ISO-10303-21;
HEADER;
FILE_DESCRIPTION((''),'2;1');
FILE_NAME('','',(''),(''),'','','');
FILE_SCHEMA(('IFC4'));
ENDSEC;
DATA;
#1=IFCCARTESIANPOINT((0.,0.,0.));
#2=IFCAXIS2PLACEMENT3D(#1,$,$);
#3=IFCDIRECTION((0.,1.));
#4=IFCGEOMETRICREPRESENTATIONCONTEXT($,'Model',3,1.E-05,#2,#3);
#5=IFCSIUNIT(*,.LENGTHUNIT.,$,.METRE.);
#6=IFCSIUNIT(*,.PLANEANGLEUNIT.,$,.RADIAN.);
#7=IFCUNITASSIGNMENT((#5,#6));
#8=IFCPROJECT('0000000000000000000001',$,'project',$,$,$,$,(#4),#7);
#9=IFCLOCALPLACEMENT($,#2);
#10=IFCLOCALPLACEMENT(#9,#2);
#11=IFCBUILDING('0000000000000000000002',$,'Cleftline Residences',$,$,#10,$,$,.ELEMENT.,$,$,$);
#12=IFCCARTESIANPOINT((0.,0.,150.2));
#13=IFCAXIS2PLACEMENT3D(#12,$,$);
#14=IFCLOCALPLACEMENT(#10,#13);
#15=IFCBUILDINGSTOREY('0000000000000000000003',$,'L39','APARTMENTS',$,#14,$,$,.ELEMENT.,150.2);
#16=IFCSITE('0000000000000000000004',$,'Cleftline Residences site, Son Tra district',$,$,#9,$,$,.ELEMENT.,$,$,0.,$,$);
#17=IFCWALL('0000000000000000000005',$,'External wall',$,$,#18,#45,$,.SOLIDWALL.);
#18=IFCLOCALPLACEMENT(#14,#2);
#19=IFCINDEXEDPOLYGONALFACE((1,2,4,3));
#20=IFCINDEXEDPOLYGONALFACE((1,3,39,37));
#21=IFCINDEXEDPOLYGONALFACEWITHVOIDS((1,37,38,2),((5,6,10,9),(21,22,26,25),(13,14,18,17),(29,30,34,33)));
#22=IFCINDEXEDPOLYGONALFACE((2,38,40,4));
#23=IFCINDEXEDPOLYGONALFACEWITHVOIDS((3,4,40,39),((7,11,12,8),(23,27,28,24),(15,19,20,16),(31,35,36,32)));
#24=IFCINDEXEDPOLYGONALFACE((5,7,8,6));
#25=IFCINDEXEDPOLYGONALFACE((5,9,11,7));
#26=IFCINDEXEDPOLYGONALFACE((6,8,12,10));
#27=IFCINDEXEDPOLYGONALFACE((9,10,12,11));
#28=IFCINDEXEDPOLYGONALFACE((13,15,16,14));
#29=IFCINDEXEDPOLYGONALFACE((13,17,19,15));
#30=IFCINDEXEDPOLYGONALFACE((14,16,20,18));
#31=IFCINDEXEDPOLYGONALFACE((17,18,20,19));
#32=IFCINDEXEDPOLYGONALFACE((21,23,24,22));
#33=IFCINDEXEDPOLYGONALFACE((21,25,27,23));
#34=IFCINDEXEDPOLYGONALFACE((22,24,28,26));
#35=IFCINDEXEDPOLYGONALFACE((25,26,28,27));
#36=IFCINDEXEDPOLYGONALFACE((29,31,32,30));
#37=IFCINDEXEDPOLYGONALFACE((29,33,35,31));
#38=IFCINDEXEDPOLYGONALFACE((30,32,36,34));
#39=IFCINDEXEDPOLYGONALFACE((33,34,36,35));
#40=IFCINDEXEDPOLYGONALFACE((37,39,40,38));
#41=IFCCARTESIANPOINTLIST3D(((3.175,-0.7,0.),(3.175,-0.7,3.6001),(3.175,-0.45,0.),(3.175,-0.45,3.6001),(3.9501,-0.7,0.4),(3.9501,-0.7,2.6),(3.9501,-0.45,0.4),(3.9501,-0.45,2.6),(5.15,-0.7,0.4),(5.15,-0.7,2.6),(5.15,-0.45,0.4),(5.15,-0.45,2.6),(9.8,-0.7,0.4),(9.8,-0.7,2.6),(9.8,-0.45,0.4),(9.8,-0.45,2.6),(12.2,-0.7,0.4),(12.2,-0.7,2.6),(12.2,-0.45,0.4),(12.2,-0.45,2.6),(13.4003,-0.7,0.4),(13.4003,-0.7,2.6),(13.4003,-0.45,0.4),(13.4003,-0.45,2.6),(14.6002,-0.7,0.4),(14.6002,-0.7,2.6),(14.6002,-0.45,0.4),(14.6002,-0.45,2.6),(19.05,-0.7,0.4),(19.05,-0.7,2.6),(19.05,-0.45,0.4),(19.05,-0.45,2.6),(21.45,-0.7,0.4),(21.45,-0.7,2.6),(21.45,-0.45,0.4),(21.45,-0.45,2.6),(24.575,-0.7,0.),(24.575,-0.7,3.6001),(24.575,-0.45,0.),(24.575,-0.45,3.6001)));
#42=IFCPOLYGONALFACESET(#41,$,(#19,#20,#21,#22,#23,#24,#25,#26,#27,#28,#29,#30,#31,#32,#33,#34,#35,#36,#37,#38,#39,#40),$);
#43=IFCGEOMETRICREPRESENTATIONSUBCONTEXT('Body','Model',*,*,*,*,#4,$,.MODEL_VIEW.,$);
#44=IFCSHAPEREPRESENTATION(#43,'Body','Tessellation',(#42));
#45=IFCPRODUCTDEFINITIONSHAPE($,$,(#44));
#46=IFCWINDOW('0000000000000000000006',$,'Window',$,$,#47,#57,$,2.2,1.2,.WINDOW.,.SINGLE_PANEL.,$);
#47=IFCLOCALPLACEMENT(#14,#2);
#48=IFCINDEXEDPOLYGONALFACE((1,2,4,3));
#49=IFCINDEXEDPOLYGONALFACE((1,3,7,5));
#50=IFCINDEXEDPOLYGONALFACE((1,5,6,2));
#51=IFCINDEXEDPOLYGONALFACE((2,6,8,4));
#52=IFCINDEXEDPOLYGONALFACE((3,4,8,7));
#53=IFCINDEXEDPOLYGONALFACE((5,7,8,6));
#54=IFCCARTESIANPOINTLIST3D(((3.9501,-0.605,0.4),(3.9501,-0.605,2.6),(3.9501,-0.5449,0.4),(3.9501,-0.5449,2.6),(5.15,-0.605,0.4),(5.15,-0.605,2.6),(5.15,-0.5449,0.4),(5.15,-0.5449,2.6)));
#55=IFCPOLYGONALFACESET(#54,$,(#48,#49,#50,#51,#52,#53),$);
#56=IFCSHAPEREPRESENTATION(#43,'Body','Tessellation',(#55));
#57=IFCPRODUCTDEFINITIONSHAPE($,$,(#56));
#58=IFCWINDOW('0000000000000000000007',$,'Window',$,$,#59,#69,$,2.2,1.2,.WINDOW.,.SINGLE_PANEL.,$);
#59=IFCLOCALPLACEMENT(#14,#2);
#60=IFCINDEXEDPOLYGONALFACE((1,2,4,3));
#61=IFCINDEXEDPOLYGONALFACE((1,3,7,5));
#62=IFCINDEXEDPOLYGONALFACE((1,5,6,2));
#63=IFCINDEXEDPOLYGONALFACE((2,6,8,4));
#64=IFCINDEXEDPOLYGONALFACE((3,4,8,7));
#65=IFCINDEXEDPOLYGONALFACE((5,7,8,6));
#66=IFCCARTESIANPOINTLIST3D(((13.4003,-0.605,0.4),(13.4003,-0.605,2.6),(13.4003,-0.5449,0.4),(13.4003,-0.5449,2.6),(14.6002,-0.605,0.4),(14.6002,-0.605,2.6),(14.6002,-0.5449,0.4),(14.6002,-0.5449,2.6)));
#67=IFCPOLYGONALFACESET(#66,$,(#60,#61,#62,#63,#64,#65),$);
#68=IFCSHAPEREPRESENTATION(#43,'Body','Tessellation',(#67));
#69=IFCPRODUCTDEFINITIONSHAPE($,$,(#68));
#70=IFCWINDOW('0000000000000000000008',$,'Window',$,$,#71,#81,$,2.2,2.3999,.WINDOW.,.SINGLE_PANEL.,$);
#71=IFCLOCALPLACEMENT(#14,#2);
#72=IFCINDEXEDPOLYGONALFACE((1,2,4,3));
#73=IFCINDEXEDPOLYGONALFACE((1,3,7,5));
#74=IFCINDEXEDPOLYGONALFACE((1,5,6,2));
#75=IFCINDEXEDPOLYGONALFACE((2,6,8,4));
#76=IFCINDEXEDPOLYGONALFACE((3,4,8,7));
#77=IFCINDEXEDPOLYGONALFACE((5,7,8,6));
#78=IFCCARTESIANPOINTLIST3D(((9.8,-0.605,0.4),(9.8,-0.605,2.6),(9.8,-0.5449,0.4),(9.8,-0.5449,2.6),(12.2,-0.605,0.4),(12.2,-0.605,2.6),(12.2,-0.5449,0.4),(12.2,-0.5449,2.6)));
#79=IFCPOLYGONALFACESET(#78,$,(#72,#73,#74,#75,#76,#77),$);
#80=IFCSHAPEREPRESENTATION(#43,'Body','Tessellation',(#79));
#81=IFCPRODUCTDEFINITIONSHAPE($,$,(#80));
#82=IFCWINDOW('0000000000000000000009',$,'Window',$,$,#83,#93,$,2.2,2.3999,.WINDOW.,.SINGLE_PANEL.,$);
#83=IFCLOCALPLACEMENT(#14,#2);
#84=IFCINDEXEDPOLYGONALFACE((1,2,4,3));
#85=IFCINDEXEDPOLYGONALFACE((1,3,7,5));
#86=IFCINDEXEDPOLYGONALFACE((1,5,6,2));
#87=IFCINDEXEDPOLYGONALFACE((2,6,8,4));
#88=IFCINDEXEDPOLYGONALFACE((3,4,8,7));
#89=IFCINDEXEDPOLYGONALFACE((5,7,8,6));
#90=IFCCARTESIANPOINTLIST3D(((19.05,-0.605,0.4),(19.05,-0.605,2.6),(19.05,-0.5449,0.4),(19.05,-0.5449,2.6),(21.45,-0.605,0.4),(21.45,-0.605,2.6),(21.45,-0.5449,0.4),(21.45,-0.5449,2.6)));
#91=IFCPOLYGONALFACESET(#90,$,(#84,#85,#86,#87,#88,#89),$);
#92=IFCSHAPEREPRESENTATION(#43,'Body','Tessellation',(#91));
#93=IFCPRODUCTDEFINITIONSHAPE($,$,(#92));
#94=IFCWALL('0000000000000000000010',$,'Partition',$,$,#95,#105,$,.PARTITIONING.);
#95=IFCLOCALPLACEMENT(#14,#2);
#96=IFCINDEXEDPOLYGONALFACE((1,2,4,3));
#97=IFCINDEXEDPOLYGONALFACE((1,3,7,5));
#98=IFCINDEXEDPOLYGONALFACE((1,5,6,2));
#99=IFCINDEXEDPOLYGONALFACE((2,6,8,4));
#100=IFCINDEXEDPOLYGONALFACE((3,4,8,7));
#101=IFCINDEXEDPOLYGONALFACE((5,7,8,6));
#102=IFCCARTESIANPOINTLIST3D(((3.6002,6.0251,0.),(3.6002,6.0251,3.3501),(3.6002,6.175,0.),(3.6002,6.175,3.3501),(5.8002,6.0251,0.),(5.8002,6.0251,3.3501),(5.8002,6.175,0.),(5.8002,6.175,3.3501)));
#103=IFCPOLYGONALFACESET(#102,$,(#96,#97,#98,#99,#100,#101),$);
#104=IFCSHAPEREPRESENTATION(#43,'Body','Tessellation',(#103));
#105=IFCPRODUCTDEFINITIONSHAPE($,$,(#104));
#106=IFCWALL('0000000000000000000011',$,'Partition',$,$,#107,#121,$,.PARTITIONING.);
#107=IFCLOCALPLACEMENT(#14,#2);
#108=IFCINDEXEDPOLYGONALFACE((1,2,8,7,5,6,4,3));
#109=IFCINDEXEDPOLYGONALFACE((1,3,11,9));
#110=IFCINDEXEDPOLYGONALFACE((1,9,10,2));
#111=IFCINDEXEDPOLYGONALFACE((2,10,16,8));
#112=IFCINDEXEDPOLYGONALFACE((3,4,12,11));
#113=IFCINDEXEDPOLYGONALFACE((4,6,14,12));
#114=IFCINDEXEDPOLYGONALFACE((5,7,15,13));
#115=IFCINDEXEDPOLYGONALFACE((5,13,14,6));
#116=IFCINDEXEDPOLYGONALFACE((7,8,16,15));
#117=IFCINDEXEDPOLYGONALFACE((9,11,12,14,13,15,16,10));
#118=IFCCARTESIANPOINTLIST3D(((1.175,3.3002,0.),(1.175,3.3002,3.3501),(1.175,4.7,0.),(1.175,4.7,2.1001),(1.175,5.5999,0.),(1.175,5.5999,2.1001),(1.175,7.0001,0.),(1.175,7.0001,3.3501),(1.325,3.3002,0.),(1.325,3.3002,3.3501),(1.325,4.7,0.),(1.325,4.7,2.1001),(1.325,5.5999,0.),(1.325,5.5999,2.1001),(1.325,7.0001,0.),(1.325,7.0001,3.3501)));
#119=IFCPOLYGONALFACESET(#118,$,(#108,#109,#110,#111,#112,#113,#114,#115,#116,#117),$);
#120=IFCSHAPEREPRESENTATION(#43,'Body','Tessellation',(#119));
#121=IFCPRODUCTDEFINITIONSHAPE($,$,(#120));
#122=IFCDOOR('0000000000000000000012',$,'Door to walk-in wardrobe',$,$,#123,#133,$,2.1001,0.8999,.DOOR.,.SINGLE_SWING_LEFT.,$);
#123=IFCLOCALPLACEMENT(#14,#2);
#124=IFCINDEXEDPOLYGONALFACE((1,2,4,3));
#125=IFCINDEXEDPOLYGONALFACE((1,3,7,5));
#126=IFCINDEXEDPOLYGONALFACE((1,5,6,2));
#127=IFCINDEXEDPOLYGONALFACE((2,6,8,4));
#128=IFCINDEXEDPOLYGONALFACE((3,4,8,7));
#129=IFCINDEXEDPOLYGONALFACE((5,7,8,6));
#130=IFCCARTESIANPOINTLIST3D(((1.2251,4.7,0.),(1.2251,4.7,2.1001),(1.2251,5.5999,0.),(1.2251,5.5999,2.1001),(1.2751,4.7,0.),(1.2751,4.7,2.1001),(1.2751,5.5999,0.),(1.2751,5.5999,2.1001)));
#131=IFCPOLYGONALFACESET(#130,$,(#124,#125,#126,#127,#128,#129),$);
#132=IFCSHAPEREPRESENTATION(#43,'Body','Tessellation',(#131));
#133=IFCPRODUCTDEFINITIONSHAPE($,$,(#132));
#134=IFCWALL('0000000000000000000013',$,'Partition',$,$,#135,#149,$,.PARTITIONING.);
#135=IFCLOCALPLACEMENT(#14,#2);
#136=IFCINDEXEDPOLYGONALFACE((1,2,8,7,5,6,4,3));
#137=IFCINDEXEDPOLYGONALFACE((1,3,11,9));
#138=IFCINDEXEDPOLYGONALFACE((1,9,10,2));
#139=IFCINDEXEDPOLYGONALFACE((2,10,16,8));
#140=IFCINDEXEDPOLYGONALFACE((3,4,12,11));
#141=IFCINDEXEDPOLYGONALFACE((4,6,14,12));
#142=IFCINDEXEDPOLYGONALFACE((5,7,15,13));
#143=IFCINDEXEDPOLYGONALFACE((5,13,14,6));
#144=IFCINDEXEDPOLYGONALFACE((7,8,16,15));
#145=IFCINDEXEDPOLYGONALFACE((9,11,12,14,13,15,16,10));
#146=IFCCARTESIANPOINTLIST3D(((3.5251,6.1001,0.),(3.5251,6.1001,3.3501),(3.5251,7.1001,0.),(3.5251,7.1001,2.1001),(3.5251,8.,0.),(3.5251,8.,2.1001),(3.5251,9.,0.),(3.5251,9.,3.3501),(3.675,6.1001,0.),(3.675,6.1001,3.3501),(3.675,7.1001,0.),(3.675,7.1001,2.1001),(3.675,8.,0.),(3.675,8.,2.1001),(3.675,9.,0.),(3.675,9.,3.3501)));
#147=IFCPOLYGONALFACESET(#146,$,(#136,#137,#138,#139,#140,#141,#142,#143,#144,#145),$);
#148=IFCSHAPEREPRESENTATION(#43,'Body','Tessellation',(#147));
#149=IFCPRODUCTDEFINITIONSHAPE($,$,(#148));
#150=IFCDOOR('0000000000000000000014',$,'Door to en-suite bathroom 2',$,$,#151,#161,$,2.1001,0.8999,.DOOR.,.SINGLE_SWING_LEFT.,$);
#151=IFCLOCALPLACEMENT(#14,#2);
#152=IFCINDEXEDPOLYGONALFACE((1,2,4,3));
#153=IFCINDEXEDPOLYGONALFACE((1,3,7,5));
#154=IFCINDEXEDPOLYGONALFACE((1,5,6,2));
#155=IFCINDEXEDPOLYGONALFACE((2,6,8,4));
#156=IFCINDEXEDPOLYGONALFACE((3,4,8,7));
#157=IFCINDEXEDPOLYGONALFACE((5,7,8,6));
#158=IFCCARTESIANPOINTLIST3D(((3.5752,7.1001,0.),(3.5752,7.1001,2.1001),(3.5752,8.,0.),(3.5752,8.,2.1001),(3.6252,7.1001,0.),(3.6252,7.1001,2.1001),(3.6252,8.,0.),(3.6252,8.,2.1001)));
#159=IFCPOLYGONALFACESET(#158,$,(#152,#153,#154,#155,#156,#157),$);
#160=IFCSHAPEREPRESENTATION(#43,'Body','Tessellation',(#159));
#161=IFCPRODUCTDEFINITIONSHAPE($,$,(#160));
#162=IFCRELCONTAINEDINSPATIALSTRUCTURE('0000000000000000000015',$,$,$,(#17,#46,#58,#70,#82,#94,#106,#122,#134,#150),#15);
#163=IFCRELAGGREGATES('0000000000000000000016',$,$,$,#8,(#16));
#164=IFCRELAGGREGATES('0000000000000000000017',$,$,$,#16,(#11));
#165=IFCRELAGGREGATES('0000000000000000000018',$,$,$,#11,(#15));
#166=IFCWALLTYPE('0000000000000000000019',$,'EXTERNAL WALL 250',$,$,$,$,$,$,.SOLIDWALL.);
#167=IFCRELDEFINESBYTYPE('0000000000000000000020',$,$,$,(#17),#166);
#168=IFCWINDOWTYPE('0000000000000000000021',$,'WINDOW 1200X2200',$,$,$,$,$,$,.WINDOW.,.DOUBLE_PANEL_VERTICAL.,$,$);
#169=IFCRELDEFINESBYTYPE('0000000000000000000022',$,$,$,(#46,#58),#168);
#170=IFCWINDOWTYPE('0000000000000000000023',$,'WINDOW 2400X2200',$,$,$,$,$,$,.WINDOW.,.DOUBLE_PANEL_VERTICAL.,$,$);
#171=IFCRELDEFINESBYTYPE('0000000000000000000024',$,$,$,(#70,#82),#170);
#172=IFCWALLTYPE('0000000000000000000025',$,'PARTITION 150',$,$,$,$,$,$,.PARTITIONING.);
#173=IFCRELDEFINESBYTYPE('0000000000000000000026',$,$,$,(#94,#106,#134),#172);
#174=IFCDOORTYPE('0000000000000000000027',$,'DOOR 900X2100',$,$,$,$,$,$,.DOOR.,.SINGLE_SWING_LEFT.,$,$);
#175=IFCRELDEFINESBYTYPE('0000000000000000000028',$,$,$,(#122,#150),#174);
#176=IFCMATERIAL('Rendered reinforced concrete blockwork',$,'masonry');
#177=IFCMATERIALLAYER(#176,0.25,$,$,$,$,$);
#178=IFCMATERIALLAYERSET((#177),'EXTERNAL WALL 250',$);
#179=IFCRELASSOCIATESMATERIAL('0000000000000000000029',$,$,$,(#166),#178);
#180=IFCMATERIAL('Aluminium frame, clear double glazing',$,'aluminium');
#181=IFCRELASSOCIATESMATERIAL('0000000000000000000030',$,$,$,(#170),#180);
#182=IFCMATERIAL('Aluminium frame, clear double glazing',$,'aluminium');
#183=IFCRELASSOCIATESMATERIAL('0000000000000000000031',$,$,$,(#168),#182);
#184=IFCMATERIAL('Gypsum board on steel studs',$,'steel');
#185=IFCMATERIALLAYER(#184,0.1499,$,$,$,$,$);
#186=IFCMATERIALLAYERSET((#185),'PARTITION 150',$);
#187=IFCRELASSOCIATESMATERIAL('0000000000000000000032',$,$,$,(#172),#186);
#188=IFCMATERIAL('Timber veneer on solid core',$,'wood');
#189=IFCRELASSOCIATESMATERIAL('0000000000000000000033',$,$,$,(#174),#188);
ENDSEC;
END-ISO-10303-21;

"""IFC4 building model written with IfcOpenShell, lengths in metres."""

from ifc_helpers import new_model, si_unit, direction, frame, frame_2d, origin, place, context, subcontext, project, spatial, rectangle, extrude, material, layer, layer_set, type_object, element, fill, save


model = new_model("IFC4")

# Units and contexts
model_context = context("Model", 3, precision=1e-05, world=origin(), true_north=direction((0.0, 1.0)))
body_context = subcontext(model_context, "Body", "Model", "MODEL_VIEW")
ifc_project = project(units=[si_unit("LENGTHUNIT", "METRE"), si_unit("PLANEANGLEUNIT", "RADIAN")], contexts=[model_context])

# Site, building, storey
site_placement = place(None, origin())
site = spatial("IfcSite", under=ifc_project, at=site_placement, Name="Cleftline Residences site, Son Tra district", CompositionType="ELEMENT", RefElevation=0.0)
building_placement = place(site_placement, origin())
building = spatial("IfcBuilding", under=site, at=building_placement, Name="Cleftline Residences", CompositionType="ELEMENT")
storey_placement = place(building_placement, frame((0.0, 0.0, 150.2)))
storey = spatial("IfcBuildingStorey", under=building, at=storey_placement, Name="L39", Description="APARTMENTS", CompositionType="ELEMENT", Elevation=150.2)

# Shared definitions
ifc_material_1 = material(Name="Rendered reinforced concrete blockwork", Category="masonry")
ifc_layer_1 = layer(ifc_material_1, 0.25)
ifc_layer_set_1 = layer_set([ifc_layer_1], Name="EXTERNAL WALL 250")
wall_type_1 = type_object("IfcWallType", Name="EXTERNAL WALL 250", PredefinedType="SOLIDWALL", material=ifc_layer_set_1)
ifc_material_2 = material(Name="Aluminium frame, clear double glazing", Category="aluminium")
window_type_1 = type_object("IfcWindowType", Name="WINDOW 2400X2200", PartitioningType="DOUBLE_PANEL_VERTICAL", PredefinedType="WINDOW", material=ifc_material_2)

# Wall, openings, windows
wall_1_placement = place(storey_placement, frame((3.175, -0.575, 0.0), z_axis=(0.0, 0.0, 1.0), x_axis=(1.0, 0.0, 0.0)))
wall_1 = element("IfcWall", 1, at=wall_1_placement, inside=storey, type_object=wall_type_1, Name="External wall", PredefinedType="SOLIDWALL", context=body_context, shape_type="SweptSolid", body=[
    extrude(rectangle(XDim=21.3999, YDim=0.25, at=frame_2d((10.7, 0.0))), origin(), (0.0, 0.0, 1.0), 3.6001),
])
opening_1_placement = place(wall_1_placement, frame((0.7749, 0.0, 0.3999)))
opening_1 = element("IfcOpeningElement", 2, at=opening_1_placement, cuts=wall_1, PredefinedType="OPENING", context=body_context, shape_type="SweptSolid", body=[
    extrude(rectangle(XDim=1.2, YDim=2.2, at=frame_2d((0.6001, 1.1001))), frame((0.0, 0.135, 0.0), z_axis=(0.0, -1.0, 0.0), x_axis=(1.0, 0.0, 0.0)), (0.0, 0.0, 1.0), 0.27),
])
opening_2_placement = place(wall_1_placement, frame((6.625, 0.0, 0.3999)))
opening_2 = element("IfcOpeningElement", 3, at=opening_2_placement, cuts=wall_1, PredefinedType="OPENING", context=body_context, shape_type="SweptSolid", body=[
    extrude(rectangle(XDim=2.3999, YDim=2.2, at=frame_2d((1.2, 1.1001))), frame((0.0, 0.135, 0.0), z_axis=(0.0, -1.0, 0.0), x_axis=(1.0, 0.0, 0.0)), (0.0, 0.0, 1.0), 0.27),
])
opening_3_placement = place(wall_1_placement, frame((10.2251, 0.0, 0.3999)))
opening_3 = element("IfcOpeningElement", 4, at=opening_3_placement, cuts=wall_1, PredefinedType="OPENING", context=body_context, shape_type="SweptSolid", body=[
    extrude(rectangle(XDim=1.2, YDim=2.2, at=frame_2d((0.6001, 1.1001))), frame((0.0, 0.135, 0.0), z_axis=(0.0, -1.0, 0.0), x_axis=(1.0, 0.0, 0.0)), (0.0, 0.0, 1.0), 0.27),
])
opening_4_placement = place(wall_1_placement, frame((15.875, 0.0, 0.3999)))
opening_4 = element("IfcOpeningElement", 5, at=opening_4_placement, cuts=wall_1, PredefinedType="OPENING", context=body_context, shape_type="SweptSolid", body=[
    extrude(rectangle(XDim=2.3999, YDim=2.2, at=frame_2d((1.2, 1.1001))), frame((0.0, 0.135, 0.0), z_axis=(0.0, -1.0, 0.0), x_axis=(1.0, 0.0, 0.0)), (0.0, 0.0, 1.0), 0.27),
])
ifc_material_3 = material(Name="Aluminium frame, clear double glazing", Category="aluminium")
window_type_2 = type_object("IfcWindowType", Name="WINDOW 1200X2200", PartitioningType="DOUBLE_PANEL_VERTICAL", PredefinedType="WINDOW", material=ifc_material_3)
window_1_placement = place(opening_1_placement, origin())
window_1 = element("IfcWindow", 6, at=window_1_placement, inside=storey, type_object=window_type_2, Name="Window", OverallHeight=2.2, OverallWidth=1.2, PartitioningType="SINGLE_PANEL", PredefinedType="WINDOW", context=body_context, shape_type="SweptSolid", body=[
    extrude(rectangle(XDim=1.2, YDim=2.2, at=frame_2d((0.6001, 1.1001))), frame((0.0, 0.03, 0.0), z_axis=(0.0, -1.0, 0.0), x_axis=(1.0, 0.0, 0.0)), (0.0, 0.0, 1.0), 0.0601),
])
fill(opening_1, window_1)
window_2_placement = place(opening_3_placement, origin())
window_2 = element("IfcWindow", 7, at=window_2_placement, inside=storey, type_object=window_type_2, Name="Window", OverallHeight=2.2, OverallWidth=1.2, PartitioningType="SINGLE_PANEL", PredefinedType="WINDOW", context=body_context, shape_type="SweptSolid", body=[
    extrude(rectangle(XDim=1.2, YDim=2.2, at=frame_2d((0.6001, 1.1001))), frame((0.0, 0.03, 0.0), z_axis=(0.0, -1.0, 0.0), x_axis=(1.0, 0.0, 0.0)), (0.0, 0.0, 1.0), 0.0601),
])
fill(opening_3, window_2)
window_3_placement = place(opening_2_placement, origin())
window_3 = element("IfcWindow", 8, at=window_3_placement, inside=storey, type_object=window_type_1, Name="Window", OverallHeight=2.2, OverallWidth=2.3999, PartitioningType="SINGLE_PANEL", PredefinedType="WINDOW", context=body_context, shape_type="SweptSolid", body=[
    extrude(rectangle(XDim=2.3999, YDim=2.2, at=frame_2d((1.2, 1.1001))), frame((0.0, 0.03, 0.0), z_axis=(0.0, -1.0, 0.0), x_axis=(1.0, 0.0, 0.0)), (0.0, 0.0, 1.0), 0.0601),
])
fill(opening_2, window_3)
window_4_placement = place(opening_4_placement, origin())
window_4 = element("IfcWindow", 9, at=window_4_placement, inside=storey, type_object=window_type_1, Name="Window", OverallHeight=2.2, OverallWidth=2.3999, PartitioningType="SINGLE_PANEL", PredefinedType="WINDOW", context=body_context, shape_type="SweptSolid", body=[
    extrude(rectangle(XDim=2.3999, YDim=2.2, at=frame_2d((1.2, 1.1001))), frame((0.0, 0.03, 0.0), z_axis=(0.0, -1.0, 0.0), x_axis=(1.0, 0.0, 0.0)), (0.0, 0.0, 1.0), 0.0601),
])
fill(opening_4, window_4)

# Wall
ifc_material_4 = material(Name="Gypsum board on steel studs", Category="steel")
ifc_layer_2 = layer(ifc_material_4, 0.1499)
ifc_layer_set_2 = layer_set([ifc_layer_2], Name="PARTITION 150")
wall_type_2 = type_object("IfcWallType", Name="PARTITION 150", PredefinedType="PARTITIONING", material=ifc_layer_set_2)
wall_2_placement = place(storey_placement, frame((3.6001, 6.1001, 0.0), z_axis=(0.0, 0.0, 1.0), x_axis=(1.0, 0.0, 0.0)))
element("IfcWall", 10, at=wall_2_placement, inside=storey, type_object=wall_type_2, Name="Partition", PredefinedType="PARTITIONING", context=body_context, shape_type="SweptSolid", body=[
    extrude(rectangle(XDim=2.2, YDim=0.1499, at=frame_2d((1.1001, 0.0))), origin(), (0.0, 0.0, 1.0), 3.3501),
])

# Walls, openings, doors
wall_3_placement = place(storey_placement, frame((1.25, 3.3, 0.0), z_axis=(0.0, 0.0, 1.0), x_axis=(0.0, 1.0, 0.0)))
wall_3 = element("IfcWall", 11, at=wall_3_placement, inside=storey, type_object=wall_type_2, Name="Partition", PredefinedType="PARTITIONING", context=body_context, shape_type="SweptSolid", body=[
    extrude(rectangle(XDim=3.7, YDim=0.1499, at=frame_2d((1.8501, 0.0))), origin(), (0.0, 0.0, 1.0), 3.3501),
])
opening_5_placement = place(wall_3_placement, frame((1.3999, 0.0, 0.0)))
opening_5 = element("IfcOpeningElement", 12, at=opening_5_placement, cuts=wall_3, PredefinedType="OPENING", context=body_context, shape_type="SweptSolid", body=[
    extrude(rectangle(XDim=0.8999, YDim=2.1001, at=frame_2d((0.45, 1.05))), frame((0.0, 0.085, 0.0), z_axis=(0.0, -1.0, 0.0), x_axis=(1.0, 0.0, 0.0)), (0.0, 0.0, 1.0), 0.1699),
])
ifc_material_5 = material(Name="Timber veneer on solid core", Category="wood")
door_type = type_object("IfcDoorType", Name="DOOR 900X2100", OperationType="SINGLE_SWING_LEFT", PredefinedType="DOOR", material=ifc_material_5)
door_1_placement = place(opening_5_placement, origin())
door_1 = element("IfcDoor", 13, at=door_1_placement, inside=storey, type_object=door_type, Name="Door to walk-in wardrobe", OperationType="SINGLE_SWING_LEFT", OverallHeight=2.1001, OverallWidth=0.8999, PredefinedType="DOOR", context=body_context, shape_type="SweptSolid", body=[
    extrude(rectangle(XDim=0.8999, YDim=2.1001, at=frame_2d((0.45, 1.05))), frame((0.0, 0.0249, 0.0), z_axis=(0.0, -1.0, 0.0), x_axis=(1.0, 0.0, 0.0)), (0.0, 0.0, 1.0), 0.05),
])
fill(opening_5, door_1)
wall_4_placement = place(storey_placement, frame((3.6001, 6.1001, 0.0), z_axis=(0.0, 0.0, 1.0), x_axis=(0.0, 1.0, 0.0)))
wall_4 = element("IfcWall", 14, at=wall_4_placement, inside=storey, type_object=wall_type_2, Name="Partition", PredefinedType="PARTITIONING", context=body_context, shape_type="SweptSolid", body=[
    extrude(rectangle(XDim=2.8999, YDim=0.1499, at=frame_2d((1.45, 0.0))), origin(), (0.0, 0.0, 1.0), 3.3501),
])
opening_6_placement = place(wall_4_placement, frame((1.0, 0.0, 0.0)))
opening_6 = element("IfcOpeningElement", 15, at=opening_6_placement, cuts=wall_4, PredefinedType="OPENING", context=body_context, shape_type="SweptSolid", body=[
    extrude(rectangle(XDim=0.8999, YDim=2.1001, at=frame_2d((0.45, 1.05))), frame((0.0, 0.085, 0.0), z_axis=(0.0, -1.0, 0.0), x_axis=(1.0, 0.0, 0.0)), (0.0, 0.0, 1.0), 0.1699),
])
door_2_placement = place(opening_6_placement, origin())
door_2 = element("IfcDoor", 16, at=door_2_placement, inside=storey, type_object=door_type, Name="Door to en-suite bathroom 2", OperationType="SINGLE_SWING_LEFT", OverallHeight=2.1001, OverallWidth=0.8999, PredefinedType="DOOR", context=body_context, shape_type="SweptSolid", body=[
    extrude(rectangle(XDim=0.8999, YDim=2.1001, at=frame_2d((0.45, 1.05))), frame((0.0, 0.0249, 0.0), z_axis=(0.0, -1.0, 0.0), x_axis=(1.0, 0.0, 0.0)), (0.0, 0.0, 1.0), 0.05),
])
fill(opening_6, door_2)

save(model, "model.ifc")
